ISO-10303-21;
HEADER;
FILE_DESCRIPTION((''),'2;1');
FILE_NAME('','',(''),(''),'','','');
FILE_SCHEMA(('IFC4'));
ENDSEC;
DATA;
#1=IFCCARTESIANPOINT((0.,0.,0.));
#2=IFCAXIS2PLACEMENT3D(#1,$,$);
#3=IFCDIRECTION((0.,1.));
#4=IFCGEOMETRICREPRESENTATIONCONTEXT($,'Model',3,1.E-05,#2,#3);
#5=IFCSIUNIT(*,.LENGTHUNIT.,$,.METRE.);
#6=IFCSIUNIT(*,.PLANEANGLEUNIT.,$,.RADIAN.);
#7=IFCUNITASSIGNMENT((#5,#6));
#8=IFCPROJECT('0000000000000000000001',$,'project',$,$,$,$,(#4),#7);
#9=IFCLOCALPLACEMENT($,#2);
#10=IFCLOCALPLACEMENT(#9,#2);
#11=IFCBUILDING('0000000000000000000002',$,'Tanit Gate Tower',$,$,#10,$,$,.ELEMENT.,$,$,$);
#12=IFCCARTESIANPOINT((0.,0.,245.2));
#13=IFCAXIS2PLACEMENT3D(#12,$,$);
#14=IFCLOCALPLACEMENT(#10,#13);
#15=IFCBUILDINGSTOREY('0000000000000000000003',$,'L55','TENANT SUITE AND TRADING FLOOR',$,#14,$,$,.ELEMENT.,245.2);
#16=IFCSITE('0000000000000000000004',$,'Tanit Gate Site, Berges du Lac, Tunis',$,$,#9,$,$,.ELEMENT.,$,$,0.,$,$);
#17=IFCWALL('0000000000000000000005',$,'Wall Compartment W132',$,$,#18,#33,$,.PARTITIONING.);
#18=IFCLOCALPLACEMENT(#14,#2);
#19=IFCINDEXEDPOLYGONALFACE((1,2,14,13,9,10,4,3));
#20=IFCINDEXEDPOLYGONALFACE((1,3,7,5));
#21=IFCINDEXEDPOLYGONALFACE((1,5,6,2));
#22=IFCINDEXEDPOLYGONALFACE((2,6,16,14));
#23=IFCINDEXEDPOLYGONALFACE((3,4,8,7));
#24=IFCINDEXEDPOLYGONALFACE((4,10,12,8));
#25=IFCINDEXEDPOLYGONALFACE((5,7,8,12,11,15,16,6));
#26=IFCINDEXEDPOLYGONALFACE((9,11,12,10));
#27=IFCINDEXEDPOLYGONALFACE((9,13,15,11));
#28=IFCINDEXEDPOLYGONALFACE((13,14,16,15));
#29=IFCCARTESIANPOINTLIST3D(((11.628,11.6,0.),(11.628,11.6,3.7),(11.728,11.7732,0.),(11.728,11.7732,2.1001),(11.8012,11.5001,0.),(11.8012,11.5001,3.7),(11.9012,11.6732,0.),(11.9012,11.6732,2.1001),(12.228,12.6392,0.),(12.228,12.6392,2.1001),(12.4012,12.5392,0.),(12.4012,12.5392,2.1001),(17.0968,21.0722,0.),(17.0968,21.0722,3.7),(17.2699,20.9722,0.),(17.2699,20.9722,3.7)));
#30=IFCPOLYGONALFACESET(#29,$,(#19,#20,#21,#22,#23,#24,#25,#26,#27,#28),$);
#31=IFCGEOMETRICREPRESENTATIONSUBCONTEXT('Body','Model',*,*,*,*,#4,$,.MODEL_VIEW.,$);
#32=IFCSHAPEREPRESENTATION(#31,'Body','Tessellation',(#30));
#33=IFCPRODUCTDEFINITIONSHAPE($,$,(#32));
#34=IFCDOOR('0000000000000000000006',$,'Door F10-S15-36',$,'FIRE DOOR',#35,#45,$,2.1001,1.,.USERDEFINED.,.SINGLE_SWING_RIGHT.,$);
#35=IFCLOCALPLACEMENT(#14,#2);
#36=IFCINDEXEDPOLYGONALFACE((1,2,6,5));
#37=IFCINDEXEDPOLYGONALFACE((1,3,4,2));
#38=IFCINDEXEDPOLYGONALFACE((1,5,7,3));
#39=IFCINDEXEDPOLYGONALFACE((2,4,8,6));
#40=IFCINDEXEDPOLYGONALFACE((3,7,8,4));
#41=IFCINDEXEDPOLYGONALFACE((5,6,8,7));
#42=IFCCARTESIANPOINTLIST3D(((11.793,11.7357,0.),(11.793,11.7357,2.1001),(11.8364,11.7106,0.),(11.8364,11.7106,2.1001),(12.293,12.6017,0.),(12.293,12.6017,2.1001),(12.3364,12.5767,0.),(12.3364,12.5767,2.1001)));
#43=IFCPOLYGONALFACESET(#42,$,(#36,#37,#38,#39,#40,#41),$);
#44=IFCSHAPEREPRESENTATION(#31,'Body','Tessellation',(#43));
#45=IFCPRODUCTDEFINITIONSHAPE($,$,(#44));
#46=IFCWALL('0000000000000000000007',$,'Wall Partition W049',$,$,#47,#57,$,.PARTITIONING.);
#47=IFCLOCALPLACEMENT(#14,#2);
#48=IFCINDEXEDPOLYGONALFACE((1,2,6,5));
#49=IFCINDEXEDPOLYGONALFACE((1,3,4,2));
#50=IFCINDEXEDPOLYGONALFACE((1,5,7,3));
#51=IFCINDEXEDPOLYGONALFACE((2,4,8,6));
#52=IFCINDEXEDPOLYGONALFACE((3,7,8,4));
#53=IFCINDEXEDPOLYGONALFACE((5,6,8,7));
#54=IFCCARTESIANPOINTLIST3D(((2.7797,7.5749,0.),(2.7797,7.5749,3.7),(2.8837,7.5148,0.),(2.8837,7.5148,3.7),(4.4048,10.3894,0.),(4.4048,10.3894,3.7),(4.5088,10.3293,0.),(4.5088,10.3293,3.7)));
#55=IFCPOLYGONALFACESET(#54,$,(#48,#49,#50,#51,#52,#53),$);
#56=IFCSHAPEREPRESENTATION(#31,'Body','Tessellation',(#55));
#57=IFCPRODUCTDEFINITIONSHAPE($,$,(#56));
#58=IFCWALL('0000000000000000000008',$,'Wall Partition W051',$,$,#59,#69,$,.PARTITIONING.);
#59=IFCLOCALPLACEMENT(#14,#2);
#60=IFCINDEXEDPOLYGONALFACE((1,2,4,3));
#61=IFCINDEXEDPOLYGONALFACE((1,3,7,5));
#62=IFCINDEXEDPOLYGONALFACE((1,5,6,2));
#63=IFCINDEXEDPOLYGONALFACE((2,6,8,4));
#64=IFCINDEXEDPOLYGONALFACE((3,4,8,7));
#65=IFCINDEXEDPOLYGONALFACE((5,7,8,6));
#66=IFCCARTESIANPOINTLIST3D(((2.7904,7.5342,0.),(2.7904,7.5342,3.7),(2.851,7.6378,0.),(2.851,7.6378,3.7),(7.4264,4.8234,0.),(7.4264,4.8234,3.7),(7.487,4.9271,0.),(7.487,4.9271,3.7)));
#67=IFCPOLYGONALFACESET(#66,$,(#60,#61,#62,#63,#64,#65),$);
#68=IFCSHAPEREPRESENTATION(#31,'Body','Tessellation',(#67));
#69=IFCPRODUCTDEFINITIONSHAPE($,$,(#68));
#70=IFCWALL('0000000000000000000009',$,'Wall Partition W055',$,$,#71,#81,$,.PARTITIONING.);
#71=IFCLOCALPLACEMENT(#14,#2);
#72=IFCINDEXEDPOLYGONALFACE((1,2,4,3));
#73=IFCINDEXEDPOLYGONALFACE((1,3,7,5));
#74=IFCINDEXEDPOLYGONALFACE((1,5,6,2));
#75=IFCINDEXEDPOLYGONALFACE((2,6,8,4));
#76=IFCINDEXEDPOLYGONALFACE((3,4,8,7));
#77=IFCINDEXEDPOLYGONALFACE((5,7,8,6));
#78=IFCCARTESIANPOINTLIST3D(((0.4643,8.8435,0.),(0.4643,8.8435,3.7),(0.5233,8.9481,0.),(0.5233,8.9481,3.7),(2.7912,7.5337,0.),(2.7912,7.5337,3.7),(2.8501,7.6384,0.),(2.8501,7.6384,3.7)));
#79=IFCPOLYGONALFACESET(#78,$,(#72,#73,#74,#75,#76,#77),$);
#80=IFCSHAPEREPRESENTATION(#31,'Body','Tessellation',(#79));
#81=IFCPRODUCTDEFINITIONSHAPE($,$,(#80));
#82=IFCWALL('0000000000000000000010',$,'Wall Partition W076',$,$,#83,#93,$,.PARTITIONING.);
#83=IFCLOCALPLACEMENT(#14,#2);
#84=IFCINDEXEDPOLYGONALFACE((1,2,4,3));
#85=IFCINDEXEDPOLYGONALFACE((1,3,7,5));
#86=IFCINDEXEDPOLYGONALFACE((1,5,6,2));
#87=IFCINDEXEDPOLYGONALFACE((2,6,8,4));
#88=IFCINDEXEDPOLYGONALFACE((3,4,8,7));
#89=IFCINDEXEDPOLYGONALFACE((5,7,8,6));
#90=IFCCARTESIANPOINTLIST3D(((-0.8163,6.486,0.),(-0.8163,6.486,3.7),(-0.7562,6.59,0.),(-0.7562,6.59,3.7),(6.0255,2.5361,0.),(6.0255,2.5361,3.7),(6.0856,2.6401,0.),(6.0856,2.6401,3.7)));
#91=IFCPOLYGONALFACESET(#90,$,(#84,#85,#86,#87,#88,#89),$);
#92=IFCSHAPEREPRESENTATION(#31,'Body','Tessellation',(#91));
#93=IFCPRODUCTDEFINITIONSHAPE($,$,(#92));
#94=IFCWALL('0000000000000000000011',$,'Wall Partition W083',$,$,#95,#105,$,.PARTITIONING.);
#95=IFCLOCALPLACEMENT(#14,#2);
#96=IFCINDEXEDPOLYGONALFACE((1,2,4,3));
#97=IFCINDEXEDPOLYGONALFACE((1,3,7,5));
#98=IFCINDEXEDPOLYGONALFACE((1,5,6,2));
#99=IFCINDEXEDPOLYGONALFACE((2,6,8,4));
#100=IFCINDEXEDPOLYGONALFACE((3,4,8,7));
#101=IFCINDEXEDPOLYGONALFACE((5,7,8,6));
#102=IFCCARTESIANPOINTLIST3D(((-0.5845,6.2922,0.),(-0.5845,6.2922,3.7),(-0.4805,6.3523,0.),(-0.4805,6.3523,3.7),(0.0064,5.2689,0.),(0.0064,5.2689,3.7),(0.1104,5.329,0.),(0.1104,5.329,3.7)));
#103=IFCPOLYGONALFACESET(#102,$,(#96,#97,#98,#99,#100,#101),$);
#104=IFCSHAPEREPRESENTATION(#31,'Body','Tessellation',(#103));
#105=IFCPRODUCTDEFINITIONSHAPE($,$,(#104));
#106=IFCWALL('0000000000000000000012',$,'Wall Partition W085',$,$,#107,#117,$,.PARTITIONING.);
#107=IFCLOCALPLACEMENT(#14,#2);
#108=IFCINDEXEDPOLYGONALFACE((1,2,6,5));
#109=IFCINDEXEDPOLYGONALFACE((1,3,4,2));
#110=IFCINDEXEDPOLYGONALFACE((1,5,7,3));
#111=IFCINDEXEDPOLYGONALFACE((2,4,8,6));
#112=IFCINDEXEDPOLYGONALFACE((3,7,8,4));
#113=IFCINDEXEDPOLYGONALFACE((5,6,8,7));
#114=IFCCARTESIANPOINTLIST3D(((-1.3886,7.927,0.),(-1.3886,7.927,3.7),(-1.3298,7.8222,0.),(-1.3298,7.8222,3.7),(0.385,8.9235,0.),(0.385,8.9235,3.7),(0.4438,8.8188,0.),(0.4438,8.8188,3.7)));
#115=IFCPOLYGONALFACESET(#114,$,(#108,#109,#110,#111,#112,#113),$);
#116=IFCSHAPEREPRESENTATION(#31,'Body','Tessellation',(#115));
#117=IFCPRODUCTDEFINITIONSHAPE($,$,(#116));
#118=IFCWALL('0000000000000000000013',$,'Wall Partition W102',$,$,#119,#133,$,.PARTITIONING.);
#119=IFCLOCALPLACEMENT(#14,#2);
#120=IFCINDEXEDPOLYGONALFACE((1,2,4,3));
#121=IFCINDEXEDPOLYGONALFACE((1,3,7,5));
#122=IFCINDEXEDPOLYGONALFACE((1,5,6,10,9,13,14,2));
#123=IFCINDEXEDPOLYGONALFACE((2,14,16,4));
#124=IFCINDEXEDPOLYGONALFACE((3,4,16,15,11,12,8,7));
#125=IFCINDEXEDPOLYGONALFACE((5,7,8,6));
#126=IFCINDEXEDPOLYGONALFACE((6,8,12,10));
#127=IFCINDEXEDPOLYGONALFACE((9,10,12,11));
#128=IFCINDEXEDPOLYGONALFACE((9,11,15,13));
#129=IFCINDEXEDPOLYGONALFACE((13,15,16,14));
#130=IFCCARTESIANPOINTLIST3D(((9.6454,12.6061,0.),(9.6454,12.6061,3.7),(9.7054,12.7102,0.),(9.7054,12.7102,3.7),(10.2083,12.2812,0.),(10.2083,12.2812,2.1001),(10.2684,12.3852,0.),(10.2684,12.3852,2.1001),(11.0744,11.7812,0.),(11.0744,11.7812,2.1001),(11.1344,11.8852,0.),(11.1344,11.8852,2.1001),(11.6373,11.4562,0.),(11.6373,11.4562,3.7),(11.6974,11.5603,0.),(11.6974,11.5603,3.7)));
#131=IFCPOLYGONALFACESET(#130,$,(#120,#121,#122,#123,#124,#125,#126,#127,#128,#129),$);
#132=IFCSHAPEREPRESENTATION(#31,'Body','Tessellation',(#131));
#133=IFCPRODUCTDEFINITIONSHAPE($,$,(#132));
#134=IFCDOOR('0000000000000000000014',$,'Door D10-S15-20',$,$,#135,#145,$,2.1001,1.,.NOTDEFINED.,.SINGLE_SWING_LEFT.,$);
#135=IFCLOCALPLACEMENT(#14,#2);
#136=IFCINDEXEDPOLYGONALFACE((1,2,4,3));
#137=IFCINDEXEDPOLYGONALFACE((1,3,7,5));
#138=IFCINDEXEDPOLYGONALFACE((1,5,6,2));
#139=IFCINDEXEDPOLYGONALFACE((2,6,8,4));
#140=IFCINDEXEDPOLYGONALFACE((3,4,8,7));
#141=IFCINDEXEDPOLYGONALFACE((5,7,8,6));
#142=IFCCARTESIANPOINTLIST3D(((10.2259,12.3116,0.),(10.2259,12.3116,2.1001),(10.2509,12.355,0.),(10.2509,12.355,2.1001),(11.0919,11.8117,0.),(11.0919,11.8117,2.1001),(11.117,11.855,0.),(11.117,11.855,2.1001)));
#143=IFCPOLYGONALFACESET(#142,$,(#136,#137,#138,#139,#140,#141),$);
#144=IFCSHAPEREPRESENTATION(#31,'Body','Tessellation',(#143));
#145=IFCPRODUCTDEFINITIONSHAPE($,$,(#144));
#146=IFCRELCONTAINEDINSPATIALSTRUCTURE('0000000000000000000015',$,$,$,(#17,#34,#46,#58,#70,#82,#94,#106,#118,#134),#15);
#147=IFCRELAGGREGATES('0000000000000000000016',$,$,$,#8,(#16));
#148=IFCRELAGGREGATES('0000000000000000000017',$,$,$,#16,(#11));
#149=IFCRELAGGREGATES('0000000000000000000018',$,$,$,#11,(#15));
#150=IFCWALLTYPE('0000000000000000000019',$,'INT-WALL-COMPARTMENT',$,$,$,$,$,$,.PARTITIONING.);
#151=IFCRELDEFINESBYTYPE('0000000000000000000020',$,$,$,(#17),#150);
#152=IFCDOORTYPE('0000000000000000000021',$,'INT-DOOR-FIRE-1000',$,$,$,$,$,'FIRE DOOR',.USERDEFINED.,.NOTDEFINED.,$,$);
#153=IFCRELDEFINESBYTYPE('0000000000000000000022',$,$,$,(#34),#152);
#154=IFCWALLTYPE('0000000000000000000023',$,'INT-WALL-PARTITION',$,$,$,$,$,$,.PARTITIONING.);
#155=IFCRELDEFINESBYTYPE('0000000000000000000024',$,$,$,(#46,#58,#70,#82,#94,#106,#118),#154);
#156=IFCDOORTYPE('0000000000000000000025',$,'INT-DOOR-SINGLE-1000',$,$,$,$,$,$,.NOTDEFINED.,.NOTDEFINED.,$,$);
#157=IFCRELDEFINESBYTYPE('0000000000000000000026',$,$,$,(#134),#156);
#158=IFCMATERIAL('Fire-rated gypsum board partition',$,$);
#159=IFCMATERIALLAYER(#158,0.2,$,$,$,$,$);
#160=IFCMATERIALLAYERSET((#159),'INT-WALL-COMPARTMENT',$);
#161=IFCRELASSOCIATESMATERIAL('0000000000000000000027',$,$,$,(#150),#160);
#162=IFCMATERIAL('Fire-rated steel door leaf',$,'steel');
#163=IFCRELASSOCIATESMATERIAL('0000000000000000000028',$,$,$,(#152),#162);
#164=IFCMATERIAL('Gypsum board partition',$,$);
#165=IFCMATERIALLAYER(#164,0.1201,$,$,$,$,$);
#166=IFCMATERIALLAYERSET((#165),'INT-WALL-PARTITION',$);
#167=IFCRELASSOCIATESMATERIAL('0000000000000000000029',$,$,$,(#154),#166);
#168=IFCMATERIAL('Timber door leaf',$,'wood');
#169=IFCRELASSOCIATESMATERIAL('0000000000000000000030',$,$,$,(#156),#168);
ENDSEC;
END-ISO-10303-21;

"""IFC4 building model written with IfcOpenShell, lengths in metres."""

from ifc_helpers import new_model, si_unit, direction, frame, frame_2d, origin, place, context, subcontext, project, spatial, rectangle, extrude, material, layer, layer_set, type_object, element, fill, save


model = new_model("IFC4")

# Units and contexts
model_context = context("Model", 3, precision=1e-05, world=origin(), true_north=direction((0.0, 1.0)))
body_context = subcontext(model_context, "Body", "Model", "MODEL_VIEW")
ifc_project = project(units=[si_unit("LENGTHUNIT", "METRE"), si_unit("PLANEANGLEUNIT", "RADIAN")], contexts=[model_context])

# Site, building, storey
site_placement = place(None, origin())
site = spatial("IfcSite", under=ifc_project, at=site_placement, Name="Tanit Gate Site, Berges du Lac, Tunis", CompositionType="ELEMENT", RefElevation=0.0)
building_placement = place(site_placement, origin())
building = spatial("IfcBuilding", under=site, at=building_placement, Name="Tanit Gate Tower", CompositionType="ELEMENT")
storey_placement = place(building_placement, frame((0.0, 0.0, 245.2)))
storey = spatial("IfcBuildingStorey", under=building, at=storey_placement, Name="L55", Description="TENANT SUITE AND TRADING FLOOR", CompositionType="ELEMENT", Elevation=245.2)

# Wall, opening, door
ifc_material_1 = material(Name="Fire-rated gypsum board partition")
ifc_layer_1 = layer(ifc_material_1, 0.2)
ifc_layer_set_1 = layer_set([ifc_layer_1], Name="INT-WALL-COMPARTMENT")
wall_type_1 = type_object("IfcWallType", Name="INT-WALL-COMPARTMENT", PredefinedType="PARTITIONING", material=ifc_layer_set_1)
ifc_material_2 = material(Name="Fire-rated steel door leaf", Category="steel")
door_type_1 = type_object("IfcDoorType", Name="INT-DOOR-FIRE-1000", ElementType="FIRE DOOR", OperationType="NOTDEFINED", PredefinedType="USERDEFINED", material=ifc_material_2)
wall_1_placement = place(storey_placement, frame((11.7146, 11.55, 0.0), z_axis=(0.0, 0.0, 1.0), x_axis=(0.499999, 0.866026, 0.0)))
wall_1 = element("IfcWall", 1, at=wall_1_placement, inside=storey, type_object=wall_type_1, Name="Wall Compartment W132", PredefinedType="PARTITIONING", context=body_context, shape_type="SweptSolid", body=[
    extrude(rectangle(XDim=10.9375, YDim=0.2, at=frame_2d((5.4688, 0.0))), origin(), (0.0, 0.0, 1.0), 3.7),
])
opening_1_placement = place(wall_1_placement, frame((0.2, 0.0, 0.0)))
opening_1 = element("IfcOpeningElement", 2, at=opening_1_placement, cuts=wall_1, PredefinedType="OPENING", context=body_context, shape_type="SweptSolid", body=[
    extrude(rectangle(XDim=1.0, YDim=2.1001, at=frame_2d((0.5, 1.05))), frame((0.0, 0.1099, 0.0), z_axis=(0.0, -1.0, 0.0), x_axis=(1.0, 0.0, 0.0)), (0.0, 0.0, 1.0), 0.22),
])
door_1_placement = place(opening_1_placement, origin())
door_1 = element("IfcDoor", 3, at=door_1_placement, inside=storey, type_object=door_type_1, Name="Door F10-S15-36", ObjectType="FIRE DOOR", OperationType="SINGLE_SWING_RIGHT", OverallHeight=2.1001, OverallWidth=1.0, PredefinedType="USERDEFINED", context=body_context, shape_type="SweptSolid", body=[
    extrude(rectangle(XDim=1.0, YDim=2.1001, at=frame_2d((0.5, 1.05))), frame((0.0, 0.0249, 0.0), z_axis=(0.0, -1.0, 0.0), x_axis=(1.0, 0.0, 0.0)), (0.0, 0.0, 1.0), 0.05),
])
fill(opening_1, door_1)

# Walls
ifc_material_3 = material(Name="Gypsum board partition")
ifc_layer_2 = layer(ifc_material_3, 0.1201)
ifc_layer_set_2 = layer_set([ifc_layer_2], Name="INT-WALL-PARTITION")
wall_type_2 = type_object("IfcWallType", Name="INT-WALL-PARTITION", PredefinedType="PARTITIONING", material=ifc_layer_set_2)
wall_2_placement = place(storey_placement, frame((4.4568, 10.3594, 0.0), z_axis=(0.0, 0.0, 1.0), x_axis=(-0.500017, -0.866015, 0.0)))
element("IfcWall", 4, at=wall_2_placement, inside=storey, type_object=wall_type_2, Name="Wall Partition W049", PredefinedType="PARTITIONING", context=body_context, shape_type="SweptSolid", body=[
    extrude(rectangle(XDim=3.25, YDim=0.1201, at=frame_2d((1.625, 0.0))), origin(), (0.0, 0.0, 1.0), 3.7),
])
wall_3_placement = place(storey_placement, frame((2.8208, 7.5859, 0.0), z_axis=(0.0, 0.0, 1.0), x_axis=(0.863262, -0.504755, 0.0)))
element("IfcWall", 5, at=wall_3_placement, inside=storey, type_object=wall_type_2, Name="Wall Partition W051", PredefinedType="PARTITIONING", context=body_context, shape_type="SweptSolid", body=[
    extrude(rectangle(XDim=5.3704, YDim=0.1201, at=frame_2d((2.6851, 0.0))), origin(), (0.0, 0.0, 1.0), 3.7),
])
wall_4_placement = place(storey_placement, frame((0.4939, 8.8958, 0.0), z_axis=(0.0, 0.0, 1.0), x_axis=(0.871427, -0.490526, 0.0)))
element("IfcWall", 6, at=wall_4_placement, inside=storey, type_object=wall_type_2, Name="Wall Partition W055", PredefinedType="PARTITIONING", context=body_context, shape_type="SweptSolid", body=[
    extrude(rectangle(XDim=2.6702, YDim=0.1201, at=frame_2d((1.335, 0.0))), origin(), (0.0, 0.0, 1.0), 3.7),
])
wall_5_placement = place(storey_placement, frame((-0.7864, 6.5381, 0.0), z_axis=(0.0, 0.0, 1.0), x_axis=(0.866034, -0.499985, 0.0)))
element("IfcWall", 7, at=wall_5_placement, inside=storey, type_object=wall_type_2, Name="Wall Partition W076", PredefinedType="PARTITIONING", context=body_context, shape_type="SweptSolid", body=[
    extrude(rectangle(XDim=7.9001, YDim=0.1201, at=frame_2d((3.9502, 0.0))), origin(), (0.0, 0.0, 1.0), 3.7),
])
wall_6_placement = place(storey_placement, frame((-0.5325, 6.3223, 0.0), z_axis=(0.0, 0.0, 1.0), x_axis=(0.50005, -0.865996, 0.0)))
element("IfcWall", 8, at=wall_6_placement, inside=storey, type_object=wall_type_2, Name="Wall Partition W083", PredefinedType="PARTITIONING", context=body_context, shape_type="SweptSolid", body=[
    extrude(rectangle(XDim=1.1816, YDim=0.1201, at=frame_2d((0.5908, 0.0))), origin(), (0.0, 0.0, 1.0), 3.7),
])
wall_7_placement = place(storey_placement, frame((0.4143, 8.8711, 0.0), z_axis=(0.0, 0.0, 1.0), x_axis=(-0.871809, -0.489845, 0.0)))
element("IfcWall", 9, at=wall_7_placement, inside=storey, type_object=wall_type_2, Name="Wall Partition W085", PredefinedType="PARTITIONING", context=body_context, shape_type="SweptSolid", body=[
    extrude(rectangle(XDim=2.0344, YDim=0.1201, at=frame_2d((1.0171, 0.0))), origin(), (0.0, 0.0, 1.0), 3.7),
])

# Wall, opening, door
wall_8_placement = place(storey_placement, frame((11.6672, 11.5083, 0.0), z_axis=(0.0, 0.0, 1.0), x_axis=(-0.866053, 0.499952, 0.0)))
wall_8 = element("IfcWall", 10, at=wall_8_placement, inside=storey, type_object=wall_type_2, Name="Wall Partition W102", PredefinedType="PARTITIONING", context=body_context, shape_type="SweptSolid", body=[
    extrude(rectangle(XDim=2.3, YDim=0.1201, at=frame_2d((1.1499, 0.0))), origin(), (0.0, 0.0, 1.0), 3.7),
])
opening_2_placement = place(wall_8_placement, frame((0.6499, 0.0, 0.0)))
opening_2 = element("IfcOpeningElement", 11, at=opening_2_placement, cuts=wall_8, PredefinedType="OPENING", context=body_context, shape_type="SweptSolid", body=[
    extrude(rectangle(XDim=1.0, YDim=2.1001, at=frame_2d((0.5, 1.05))), frame((0.0, 0.0701, 0.0), z_axis=(0.0, -1.0, 0.0), x_axis=(1.0, 0.0, 0.0)), (0.0, 0.0, 1.0), 0.1401),
])
ifc_material_4 = material(Name="Timber door leaf", Category="wood")
door_type_2 = type_object("IfcDoorType", Name="INT-DOOR-SINGLE-1000", OperationType="NOTDEFINED", PredefinedType="NOTDEFINED", material=ifc_material_4)
door_2_placement = place(opening_2_placement, origin())
door_2 = element("IfcDoor", 12, at=door_2_placement, inside=storey, type_object=door_type_2, Name="Door D10-S15-20", OperationType="SINGLE_SWING_LEFT", OverallHeight=2.1001, OverallWidth=1.0, PredefinedType="NOTDEFINED", context=body_context, shape_type="SweptSolid", body=[
    extrude(rectangle(XDim=1.0, YDim=2.1001, at=frame_2d((0.5, 1.05))), frame((0.0, 0.0249, 0.0), z_axis=(0.0, -1.0, 0.0), x_axis=(1.0, 0.0, 0.0)), (0.0, 0.0, 1.0), 0.05),
])
fill(opening_2, door_2)

save(model, "model.ifc")
